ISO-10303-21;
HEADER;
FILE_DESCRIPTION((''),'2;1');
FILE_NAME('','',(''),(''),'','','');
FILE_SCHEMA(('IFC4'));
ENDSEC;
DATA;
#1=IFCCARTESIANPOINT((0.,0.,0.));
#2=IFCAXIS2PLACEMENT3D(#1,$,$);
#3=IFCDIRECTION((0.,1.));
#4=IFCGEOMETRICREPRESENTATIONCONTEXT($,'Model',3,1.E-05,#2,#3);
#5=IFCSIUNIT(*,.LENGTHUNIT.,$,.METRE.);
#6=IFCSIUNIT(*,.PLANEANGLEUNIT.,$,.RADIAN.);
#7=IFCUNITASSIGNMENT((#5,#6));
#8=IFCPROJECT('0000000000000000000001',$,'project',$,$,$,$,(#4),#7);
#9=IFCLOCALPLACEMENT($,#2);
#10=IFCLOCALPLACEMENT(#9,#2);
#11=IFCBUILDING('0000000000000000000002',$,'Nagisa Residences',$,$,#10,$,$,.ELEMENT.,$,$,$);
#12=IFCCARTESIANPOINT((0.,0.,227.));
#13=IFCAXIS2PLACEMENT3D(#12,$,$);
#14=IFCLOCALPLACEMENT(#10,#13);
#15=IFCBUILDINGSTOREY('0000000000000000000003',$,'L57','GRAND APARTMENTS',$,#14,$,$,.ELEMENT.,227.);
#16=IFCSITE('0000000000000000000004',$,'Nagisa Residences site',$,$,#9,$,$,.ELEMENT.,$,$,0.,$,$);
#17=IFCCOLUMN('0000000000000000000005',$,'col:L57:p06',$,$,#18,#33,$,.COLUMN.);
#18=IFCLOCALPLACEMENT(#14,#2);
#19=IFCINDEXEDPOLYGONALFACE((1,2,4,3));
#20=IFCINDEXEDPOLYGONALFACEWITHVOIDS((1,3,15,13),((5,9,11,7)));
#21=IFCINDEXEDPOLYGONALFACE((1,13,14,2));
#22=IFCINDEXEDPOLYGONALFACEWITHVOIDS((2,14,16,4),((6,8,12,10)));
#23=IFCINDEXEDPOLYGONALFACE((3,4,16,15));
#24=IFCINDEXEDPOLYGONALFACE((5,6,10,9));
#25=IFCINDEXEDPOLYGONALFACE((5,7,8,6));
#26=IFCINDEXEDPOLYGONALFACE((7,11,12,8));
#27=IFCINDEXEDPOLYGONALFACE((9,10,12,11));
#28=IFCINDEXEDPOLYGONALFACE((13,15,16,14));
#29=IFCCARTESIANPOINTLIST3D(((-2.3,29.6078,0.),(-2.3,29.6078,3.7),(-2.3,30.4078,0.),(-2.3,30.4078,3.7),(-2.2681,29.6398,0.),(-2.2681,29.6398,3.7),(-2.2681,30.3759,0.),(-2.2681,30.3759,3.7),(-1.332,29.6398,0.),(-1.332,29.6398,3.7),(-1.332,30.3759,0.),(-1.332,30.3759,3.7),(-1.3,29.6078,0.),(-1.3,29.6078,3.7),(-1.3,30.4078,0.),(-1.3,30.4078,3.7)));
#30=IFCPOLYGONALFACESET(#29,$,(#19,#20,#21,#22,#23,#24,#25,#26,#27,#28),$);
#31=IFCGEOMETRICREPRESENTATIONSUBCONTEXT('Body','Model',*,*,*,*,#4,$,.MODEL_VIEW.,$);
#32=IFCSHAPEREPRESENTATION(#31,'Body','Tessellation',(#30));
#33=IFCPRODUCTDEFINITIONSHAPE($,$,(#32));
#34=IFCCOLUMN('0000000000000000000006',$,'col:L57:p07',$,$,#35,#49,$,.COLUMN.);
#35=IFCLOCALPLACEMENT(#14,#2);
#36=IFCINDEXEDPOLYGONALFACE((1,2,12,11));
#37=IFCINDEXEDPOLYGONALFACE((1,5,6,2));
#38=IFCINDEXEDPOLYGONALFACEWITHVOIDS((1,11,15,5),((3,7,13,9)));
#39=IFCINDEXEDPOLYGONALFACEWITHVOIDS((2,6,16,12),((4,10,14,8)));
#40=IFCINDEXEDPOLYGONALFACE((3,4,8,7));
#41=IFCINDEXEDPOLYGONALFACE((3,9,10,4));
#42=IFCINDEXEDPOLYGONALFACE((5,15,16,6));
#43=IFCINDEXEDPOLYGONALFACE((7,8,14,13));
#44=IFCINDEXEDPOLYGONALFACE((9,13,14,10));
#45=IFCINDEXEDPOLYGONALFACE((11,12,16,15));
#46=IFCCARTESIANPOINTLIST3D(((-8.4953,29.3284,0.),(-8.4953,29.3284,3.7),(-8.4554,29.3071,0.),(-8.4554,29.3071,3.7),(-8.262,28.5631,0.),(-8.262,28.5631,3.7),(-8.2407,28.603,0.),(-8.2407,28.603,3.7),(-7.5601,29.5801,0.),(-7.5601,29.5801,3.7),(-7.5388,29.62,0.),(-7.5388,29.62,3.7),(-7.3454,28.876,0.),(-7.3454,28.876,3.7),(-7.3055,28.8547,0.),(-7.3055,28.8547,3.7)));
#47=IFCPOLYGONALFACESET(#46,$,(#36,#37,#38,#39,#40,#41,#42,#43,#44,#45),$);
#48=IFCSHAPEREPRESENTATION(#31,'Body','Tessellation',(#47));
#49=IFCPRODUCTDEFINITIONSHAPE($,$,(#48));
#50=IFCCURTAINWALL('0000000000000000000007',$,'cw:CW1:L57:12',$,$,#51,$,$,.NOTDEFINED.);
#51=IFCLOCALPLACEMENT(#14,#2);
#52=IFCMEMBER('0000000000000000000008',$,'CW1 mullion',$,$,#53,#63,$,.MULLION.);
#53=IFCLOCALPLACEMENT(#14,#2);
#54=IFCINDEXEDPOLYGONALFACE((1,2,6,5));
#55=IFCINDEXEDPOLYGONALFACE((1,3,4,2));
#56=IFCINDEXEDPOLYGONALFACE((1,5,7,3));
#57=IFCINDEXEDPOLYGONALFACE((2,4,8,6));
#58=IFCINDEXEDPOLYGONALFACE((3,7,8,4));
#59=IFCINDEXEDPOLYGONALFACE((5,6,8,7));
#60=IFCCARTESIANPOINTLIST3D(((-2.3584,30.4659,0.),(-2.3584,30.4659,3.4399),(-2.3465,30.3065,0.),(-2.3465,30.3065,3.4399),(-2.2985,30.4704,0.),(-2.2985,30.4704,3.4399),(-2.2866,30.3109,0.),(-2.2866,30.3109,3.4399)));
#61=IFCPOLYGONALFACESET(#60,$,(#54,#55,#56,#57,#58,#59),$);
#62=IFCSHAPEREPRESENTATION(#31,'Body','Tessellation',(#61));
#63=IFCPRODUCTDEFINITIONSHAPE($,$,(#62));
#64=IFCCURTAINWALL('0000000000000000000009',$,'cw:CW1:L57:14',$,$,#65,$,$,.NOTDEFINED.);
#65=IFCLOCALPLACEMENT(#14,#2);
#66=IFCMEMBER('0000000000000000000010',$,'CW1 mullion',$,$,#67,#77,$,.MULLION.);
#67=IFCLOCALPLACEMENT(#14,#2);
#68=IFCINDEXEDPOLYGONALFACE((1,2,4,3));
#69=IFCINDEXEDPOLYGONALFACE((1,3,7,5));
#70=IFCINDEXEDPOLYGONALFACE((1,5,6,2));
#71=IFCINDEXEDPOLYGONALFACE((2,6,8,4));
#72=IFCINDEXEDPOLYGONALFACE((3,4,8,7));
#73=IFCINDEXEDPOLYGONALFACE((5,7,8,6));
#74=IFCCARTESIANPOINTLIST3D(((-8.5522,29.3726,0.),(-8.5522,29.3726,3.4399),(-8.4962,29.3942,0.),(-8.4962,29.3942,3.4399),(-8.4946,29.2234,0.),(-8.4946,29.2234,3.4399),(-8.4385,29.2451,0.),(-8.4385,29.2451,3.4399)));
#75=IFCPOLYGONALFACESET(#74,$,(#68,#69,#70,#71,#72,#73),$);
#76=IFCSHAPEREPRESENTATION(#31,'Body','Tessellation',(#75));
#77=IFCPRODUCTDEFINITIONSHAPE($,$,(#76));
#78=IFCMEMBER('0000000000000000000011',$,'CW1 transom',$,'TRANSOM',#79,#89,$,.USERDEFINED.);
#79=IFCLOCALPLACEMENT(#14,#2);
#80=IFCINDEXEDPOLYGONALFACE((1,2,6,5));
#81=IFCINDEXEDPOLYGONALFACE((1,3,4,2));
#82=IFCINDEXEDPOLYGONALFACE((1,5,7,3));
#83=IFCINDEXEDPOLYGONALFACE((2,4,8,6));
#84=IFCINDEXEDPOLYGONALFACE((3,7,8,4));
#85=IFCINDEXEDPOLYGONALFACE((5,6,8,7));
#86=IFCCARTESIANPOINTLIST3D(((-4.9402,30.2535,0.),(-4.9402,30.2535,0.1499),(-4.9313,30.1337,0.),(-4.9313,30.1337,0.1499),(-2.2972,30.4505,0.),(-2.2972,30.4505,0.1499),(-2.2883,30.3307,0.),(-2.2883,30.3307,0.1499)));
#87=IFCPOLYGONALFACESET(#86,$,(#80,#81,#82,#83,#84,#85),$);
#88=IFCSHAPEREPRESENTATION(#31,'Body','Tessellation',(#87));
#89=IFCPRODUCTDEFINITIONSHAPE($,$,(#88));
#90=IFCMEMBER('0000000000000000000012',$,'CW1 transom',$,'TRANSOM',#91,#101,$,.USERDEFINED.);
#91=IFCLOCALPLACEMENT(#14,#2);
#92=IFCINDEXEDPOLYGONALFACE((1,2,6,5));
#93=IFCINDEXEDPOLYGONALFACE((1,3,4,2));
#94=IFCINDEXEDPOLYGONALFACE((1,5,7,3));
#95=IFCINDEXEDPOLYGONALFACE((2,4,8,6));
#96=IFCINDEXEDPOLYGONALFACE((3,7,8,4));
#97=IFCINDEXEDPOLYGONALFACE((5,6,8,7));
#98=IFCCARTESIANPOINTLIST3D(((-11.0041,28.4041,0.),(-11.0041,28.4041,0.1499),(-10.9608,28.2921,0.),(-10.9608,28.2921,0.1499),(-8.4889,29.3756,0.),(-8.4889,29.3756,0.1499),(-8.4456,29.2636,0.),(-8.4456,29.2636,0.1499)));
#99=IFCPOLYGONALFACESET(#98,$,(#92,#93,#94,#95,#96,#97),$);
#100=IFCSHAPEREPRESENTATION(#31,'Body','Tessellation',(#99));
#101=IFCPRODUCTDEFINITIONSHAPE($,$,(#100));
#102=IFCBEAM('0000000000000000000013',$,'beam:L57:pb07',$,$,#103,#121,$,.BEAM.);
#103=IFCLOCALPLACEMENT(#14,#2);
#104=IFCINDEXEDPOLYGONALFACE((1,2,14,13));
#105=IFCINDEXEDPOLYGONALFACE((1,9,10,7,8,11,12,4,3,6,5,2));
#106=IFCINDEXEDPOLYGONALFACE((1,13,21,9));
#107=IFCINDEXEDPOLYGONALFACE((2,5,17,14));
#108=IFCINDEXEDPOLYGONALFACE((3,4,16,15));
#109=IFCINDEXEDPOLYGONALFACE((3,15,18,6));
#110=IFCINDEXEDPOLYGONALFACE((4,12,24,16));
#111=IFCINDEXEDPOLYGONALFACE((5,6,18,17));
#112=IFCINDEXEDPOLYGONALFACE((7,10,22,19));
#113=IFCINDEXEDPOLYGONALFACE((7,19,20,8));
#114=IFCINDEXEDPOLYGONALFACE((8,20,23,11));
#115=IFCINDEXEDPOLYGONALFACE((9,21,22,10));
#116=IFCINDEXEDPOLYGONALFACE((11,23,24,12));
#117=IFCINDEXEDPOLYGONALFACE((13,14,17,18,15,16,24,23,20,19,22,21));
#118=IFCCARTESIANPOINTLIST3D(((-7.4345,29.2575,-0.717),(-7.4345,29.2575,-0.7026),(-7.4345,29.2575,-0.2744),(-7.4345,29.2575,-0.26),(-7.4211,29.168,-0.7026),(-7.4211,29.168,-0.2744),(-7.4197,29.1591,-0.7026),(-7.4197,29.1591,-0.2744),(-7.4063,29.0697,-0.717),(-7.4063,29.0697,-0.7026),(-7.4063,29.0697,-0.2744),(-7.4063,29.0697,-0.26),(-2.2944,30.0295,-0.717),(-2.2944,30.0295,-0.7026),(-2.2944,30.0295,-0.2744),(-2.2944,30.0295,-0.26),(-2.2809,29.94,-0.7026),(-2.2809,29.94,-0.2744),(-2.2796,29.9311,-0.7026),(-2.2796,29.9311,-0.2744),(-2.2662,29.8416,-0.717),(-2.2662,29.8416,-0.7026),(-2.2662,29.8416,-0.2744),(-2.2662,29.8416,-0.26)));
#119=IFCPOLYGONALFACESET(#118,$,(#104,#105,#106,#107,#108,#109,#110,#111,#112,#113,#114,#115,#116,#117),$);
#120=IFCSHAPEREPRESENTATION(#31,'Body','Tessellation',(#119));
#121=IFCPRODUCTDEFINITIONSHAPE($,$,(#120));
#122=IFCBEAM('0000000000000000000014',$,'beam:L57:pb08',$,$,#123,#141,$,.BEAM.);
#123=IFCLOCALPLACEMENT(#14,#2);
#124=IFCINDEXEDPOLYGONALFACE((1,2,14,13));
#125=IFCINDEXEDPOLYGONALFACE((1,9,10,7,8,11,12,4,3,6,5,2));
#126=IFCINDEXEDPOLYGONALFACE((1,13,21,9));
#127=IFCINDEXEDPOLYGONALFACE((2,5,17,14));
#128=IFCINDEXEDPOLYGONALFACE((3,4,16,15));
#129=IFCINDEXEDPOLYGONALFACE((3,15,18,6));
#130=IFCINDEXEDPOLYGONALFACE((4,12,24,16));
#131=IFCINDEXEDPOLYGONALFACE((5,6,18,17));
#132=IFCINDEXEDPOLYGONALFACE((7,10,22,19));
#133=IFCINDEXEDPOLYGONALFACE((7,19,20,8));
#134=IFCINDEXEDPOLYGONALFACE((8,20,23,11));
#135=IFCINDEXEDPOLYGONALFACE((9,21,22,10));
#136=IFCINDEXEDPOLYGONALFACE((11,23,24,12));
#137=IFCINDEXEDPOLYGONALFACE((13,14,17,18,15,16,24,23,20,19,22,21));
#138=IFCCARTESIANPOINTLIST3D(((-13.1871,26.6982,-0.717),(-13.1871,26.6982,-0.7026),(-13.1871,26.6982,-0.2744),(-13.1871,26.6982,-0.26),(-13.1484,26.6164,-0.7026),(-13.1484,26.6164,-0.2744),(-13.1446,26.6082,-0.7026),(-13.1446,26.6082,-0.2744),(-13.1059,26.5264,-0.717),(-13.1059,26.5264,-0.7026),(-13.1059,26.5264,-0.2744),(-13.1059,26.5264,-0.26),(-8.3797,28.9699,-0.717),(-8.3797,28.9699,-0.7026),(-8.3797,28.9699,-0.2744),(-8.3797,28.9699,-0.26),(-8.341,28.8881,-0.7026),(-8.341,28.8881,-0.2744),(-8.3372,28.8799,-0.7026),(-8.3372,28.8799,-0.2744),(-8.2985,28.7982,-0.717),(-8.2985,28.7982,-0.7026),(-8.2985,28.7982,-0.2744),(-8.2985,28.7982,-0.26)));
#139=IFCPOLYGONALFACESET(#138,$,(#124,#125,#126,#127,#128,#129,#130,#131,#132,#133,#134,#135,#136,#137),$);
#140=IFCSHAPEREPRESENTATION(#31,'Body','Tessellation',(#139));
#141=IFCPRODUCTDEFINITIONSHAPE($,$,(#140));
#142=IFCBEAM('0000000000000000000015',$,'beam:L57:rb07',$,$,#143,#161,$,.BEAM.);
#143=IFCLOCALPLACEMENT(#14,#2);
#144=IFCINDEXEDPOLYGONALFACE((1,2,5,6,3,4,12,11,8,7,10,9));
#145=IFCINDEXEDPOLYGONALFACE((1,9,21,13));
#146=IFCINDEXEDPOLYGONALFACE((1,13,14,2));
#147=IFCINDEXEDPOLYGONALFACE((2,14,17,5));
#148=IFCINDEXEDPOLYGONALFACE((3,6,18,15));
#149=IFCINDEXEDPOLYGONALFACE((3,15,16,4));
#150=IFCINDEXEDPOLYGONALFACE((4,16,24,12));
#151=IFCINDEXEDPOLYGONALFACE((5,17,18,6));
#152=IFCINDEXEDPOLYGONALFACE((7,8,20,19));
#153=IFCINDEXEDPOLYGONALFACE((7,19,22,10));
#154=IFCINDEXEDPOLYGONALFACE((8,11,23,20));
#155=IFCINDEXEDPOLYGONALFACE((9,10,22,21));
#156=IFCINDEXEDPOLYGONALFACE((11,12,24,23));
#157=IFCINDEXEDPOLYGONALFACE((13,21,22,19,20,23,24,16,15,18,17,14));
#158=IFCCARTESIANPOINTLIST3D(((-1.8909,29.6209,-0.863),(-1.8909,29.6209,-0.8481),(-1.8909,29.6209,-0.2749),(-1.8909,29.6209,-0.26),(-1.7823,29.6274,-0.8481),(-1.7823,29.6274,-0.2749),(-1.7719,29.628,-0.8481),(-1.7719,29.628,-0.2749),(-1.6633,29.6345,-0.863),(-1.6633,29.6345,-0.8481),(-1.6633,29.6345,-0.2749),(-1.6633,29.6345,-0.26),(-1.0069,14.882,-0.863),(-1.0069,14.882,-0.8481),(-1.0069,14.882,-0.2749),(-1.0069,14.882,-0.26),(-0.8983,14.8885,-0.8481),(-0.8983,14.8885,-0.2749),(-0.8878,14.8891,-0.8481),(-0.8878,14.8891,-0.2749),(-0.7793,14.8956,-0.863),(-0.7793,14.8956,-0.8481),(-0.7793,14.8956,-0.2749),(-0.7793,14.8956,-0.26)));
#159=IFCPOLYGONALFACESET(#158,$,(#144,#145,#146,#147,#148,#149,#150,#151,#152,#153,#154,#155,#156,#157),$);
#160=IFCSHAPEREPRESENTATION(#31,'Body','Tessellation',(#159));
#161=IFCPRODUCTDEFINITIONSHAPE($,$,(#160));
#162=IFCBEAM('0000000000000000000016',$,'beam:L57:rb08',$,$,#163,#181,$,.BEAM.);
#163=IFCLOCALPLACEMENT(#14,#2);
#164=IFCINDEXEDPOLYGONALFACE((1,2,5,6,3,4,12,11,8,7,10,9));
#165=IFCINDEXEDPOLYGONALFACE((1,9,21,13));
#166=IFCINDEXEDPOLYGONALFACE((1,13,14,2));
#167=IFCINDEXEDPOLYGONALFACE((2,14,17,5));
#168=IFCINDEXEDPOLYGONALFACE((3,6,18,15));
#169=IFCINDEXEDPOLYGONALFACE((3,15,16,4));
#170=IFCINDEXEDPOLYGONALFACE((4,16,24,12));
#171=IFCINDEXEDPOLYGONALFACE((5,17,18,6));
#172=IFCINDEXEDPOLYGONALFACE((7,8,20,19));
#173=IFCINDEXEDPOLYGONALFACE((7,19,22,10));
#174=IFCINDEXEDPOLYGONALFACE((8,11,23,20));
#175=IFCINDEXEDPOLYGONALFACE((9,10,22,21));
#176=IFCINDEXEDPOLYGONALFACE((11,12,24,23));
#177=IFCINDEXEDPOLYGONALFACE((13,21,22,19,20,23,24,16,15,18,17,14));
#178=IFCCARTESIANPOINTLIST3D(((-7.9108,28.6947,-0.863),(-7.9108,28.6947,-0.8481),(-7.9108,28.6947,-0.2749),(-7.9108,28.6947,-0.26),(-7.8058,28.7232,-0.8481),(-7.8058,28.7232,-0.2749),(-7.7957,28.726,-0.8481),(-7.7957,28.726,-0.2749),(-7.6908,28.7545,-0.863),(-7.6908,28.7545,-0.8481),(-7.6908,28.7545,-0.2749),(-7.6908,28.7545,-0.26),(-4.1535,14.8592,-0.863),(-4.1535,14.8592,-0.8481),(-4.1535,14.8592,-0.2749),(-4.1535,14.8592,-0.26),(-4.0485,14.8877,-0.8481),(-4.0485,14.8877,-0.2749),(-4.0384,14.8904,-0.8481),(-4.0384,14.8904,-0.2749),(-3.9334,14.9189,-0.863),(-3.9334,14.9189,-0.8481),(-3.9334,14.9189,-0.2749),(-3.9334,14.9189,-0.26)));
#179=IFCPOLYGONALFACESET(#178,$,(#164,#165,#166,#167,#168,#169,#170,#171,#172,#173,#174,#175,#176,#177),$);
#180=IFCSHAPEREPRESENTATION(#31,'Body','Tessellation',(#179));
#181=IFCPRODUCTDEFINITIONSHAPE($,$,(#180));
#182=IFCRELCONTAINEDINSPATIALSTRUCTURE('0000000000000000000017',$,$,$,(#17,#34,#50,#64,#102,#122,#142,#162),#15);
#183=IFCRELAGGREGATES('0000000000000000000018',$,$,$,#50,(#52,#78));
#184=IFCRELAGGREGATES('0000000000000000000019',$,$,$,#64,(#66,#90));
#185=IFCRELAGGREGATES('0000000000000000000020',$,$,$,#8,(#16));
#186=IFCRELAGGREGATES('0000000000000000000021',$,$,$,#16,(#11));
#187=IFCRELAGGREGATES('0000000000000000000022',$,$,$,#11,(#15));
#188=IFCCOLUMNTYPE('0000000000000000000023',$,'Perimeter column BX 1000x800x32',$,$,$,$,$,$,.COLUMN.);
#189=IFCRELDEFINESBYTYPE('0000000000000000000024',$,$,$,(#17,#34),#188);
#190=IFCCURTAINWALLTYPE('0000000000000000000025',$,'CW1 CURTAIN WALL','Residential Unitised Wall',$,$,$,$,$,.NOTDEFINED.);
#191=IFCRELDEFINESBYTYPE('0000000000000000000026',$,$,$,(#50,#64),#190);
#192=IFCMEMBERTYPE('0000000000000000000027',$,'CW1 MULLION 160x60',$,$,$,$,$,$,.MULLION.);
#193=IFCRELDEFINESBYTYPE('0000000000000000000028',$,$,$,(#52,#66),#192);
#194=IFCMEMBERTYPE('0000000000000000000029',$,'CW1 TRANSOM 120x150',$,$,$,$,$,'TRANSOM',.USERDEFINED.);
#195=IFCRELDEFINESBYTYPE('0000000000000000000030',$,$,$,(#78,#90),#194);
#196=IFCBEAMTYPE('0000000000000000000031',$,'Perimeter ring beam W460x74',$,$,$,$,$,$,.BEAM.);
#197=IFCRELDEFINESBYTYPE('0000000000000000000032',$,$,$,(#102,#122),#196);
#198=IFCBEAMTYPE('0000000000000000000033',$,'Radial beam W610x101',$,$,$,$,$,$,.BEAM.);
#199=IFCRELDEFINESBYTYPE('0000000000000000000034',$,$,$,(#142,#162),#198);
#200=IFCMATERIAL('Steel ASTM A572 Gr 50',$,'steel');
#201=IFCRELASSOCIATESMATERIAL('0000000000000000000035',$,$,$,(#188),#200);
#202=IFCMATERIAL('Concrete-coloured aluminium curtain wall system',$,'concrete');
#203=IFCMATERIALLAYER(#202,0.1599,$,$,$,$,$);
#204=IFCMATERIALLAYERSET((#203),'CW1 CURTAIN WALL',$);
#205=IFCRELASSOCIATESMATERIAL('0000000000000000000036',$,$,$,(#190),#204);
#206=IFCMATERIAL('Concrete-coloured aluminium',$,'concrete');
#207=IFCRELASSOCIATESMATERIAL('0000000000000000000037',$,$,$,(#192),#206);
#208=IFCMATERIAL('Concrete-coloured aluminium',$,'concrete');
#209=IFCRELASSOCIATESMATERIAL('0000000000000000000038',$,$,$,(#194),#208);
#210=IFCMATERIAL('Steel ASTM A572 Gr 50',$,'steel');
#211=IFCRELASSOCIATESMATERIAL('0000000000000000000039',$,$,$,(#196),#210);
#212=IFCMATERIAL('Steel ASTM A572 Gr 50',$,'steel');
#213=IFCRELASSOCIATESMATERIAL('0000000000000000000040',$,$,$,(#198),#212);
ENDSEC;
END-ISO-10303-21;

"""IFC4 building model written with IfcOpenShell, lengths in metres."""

from ifc_helpers import new_model, si_unit, direction, frame, origin, origin_2d, place, context, subcontext, project, spatial, rectangle, hollow_rectangle, i_section, extrude, material, layer, layer_set, material_profile, profile_set, type_object, element, aggregate, save


model = new_model("IFC4")

# Units and contexts
model_context = context("Model", 3, precision=1e-05, world=origin(), true_north=direction((0.0, 1.0)))
body_context = subcontext(model_context, "Body", "Model", "MODEL_VIEW")
ifc_project = project(units=[si_unit("LENGTHUNIT", "METRE"), si_unit("PLANEANGLEUNIT", "RADIAN")], contexts=[model_context])

# Site, building, storey
site_placement = place(None, origin())
site = spatial("IfcSite", under=ifc_project, at=site_placement, Name="Nagisa Residences site", CompositionType="ELEMENT", RefElevation=0.0)
building_placement = place(site_placement, origin())
building = spatial("IfcBuilding", under=site, at=building_placement, Name="Nagisa Residences", CompositionType="ELEMENT")
storey_placement = place(building_placement, frame((0.0, 0.0, 227.0)))
storey = spatial("IfcBuildingStorey", under=building, at=storey_placement, Name="L57", Description="GRAND APARTMENTS", CompositionType="ELEMENT", Elevation=227.0)

# Columns
ifc_material_1 = material(Name="Steel ASTM A572 Gr 50", Category="steel")
ifc_material_profile_1 = material_profile(ifc_material_1, hollow_rectangle(XDim=1.0, YDim=0.8, WallThickness=0.032, at=origin_2d()), Name="BX 1000x800x32")
ifc_profile_set_1 = profile_set([ifc_material_profile_1], Name="Steel ASTM A572 Gr 50")
column_type = type_object("IfcColumnType", Name="Perimeter column BX 1000x800x32", PredefinedType="COLUMN", material=ifc_profile_set_1)
for number, where, z_axis, x_axis, name in (
    (1, (-1.8, 30.0078, 0.0), (0.0, 0.0, 1.0), (-1.0, 0.0, 0.0), "col:L57:p06"),
    (2, (-7.9004, 29.0916, 0.0), (0.0, 0.0, 1.0), (-0.956525, -0.291652, 0.0), "col:L57:p07"),
):
    element("IfcColumn", number, at=place(storey_placement, frame(where, z_axis=z_axis, x_axis=x_axis)), inside=storey, type_object=column_type, Name=name, PredefinedType="COLUMN", context=body_context, shape_type="SweptSolid", body=[
        extrude(hollow_rectangle(XDim=1.0, YDim=0.8, WallThickness=0.032, at=origin_2d()), origin(), (0.0, 0.0, 1.0), 3.7),
    ])

# Curtain walls, members
ifc_material_2 = material(Name="Concrete-coloured aluminium curtain wall system", Category="concrete")
ifc_layer_1 = layer(ifc_material_2, 0.1599)
ifc_layer_set_1 = layer_set([ifc_layer_1], Name="CW1 CURTAIN WALL")
curtain_wall_type = type_object("IfcCurtainWallType", Name="CW1 CURTAIN WALL", Description="Residential Unitised Wall", PredefinedType="NOTDEFINED", material=ifc_layer_set_1)
curtain_wall_1_placement = place(storey_placement, origin())
curtain_wall_1 = element("IfcCurtainWall", 3, at=curtain_wall_1_placement, inside=storey, type_object=curtain_wall_type, Name="cw:CW1:L57:12", PredefinedType="NOTDEFINED")
ifc_material_3 = material(Name="Concrete-coloured aluminium", Category="concrete")
ifc_material_profile_2 = material_profile(ifc_material_3, rectangle(XDim=0.1599, YDim=0.0601, at=origin_2d()), Name="CW1 MULLION 160x60")
ifc_profile_set_2 = profile_set([ifc_material_profile_2], Name="Concrete-coloured aluminium")
member_type_1 = type_object("IfcMemberType", Name="CW1 MULLION 160x60", PredefinedType="MULLION", material=ifc_profile_set_2)
member_1_placement = place(storey_placement, frame((-2.3225, 30.3884, 0.0), z_axis=(0.0, 0.0, 1.0), x_axis=(0.074377, -0.99723, 0.0)))
member_1 = element("IfcMember", 4, at=member_1_placement, type_object=member_type_1, Name="CW1 mullion", PredefinedType="MULLION", context=body_context, shape_type="SweptSolid", body=[
    extrude(rectangle(XDim=0.1599, YDim=0.0601, at=origin_2d()), origin(), (0.0, 0.0, 1.0), 3.4399),
])
curtain_wall_2_placement = place(storey_placement, origin())
curtain_wall_2 = element("IfcCurtainWall", 5, at=curtain_wall_2_placement, inside=storey, type_object=curtain_wall_type, Name="cw:CW1:L57:14", PredefinedType="NOTDEFINED")
member_2_placement = place(storey_placement, frame((-8.4954, 29.3088, 0.0), z_axis=(0.0, 0.0, 1.0), x_axis=(0.360328, -0.932826, 0.0)))
member_2 = element("IfcMember", 6, at=member_2_placement, type_object=member_type_1, Name="CW1 mullion", PredefinedType="MULLION", context=body_context, shape_type="SweptSolid", body=[
    extrude(rectangle(XDim=0.1599, YDim=0.0601, at=origin_2d()), origin(), (0.0, 0.0, 1.0), 3.4399),
])

# Members
ifc_material_4 = material(Name="Concrete-coloured aluminium", Category="concrete")
ifc_material_profile_3 = material_profile(ifc_material_4, rectangle(XDim=0.1201, YDim=0.1499, at=origin_2d()), Name="CW1 TRANSOM 120x150")
ifc_profile_set_3 = profile_set([ifc_material_profile_3], Name="Concrete-coloured aluminium")
member_type_2 = type_object("IfcMemberType", Name="CW1 TRANSOM 120x150", ElementType="TRANSOM", PredefinedType="USERDEFINED", material=ifc_profile_set_3)
member_3_placement = place(storey_placement, frame((-2.2927, 30.3906, 0.075), z_axis=(-0.997233, -0.074337, 0.0), x_axis=(0.074337, -0.997233, 0.0)))
member_3 = element("IfcMember", 7, at=member_3_placement, type_object=member_type_2, Name="CW1 transom", ObjectType="TRANSOM", PredefinedType="USERDEFINED", context=body_context, shape_type="SweptSolid", body=[
    extrude(rectangle(XDim=0.1201, YDim=0.1499, at=origin_2d()), origin(), (0.0, 0.0, 1.0), 2.6504),
])
member_4_placement = place(storey_placement, frame((-8.4673, 29.3196, 0.075), z_axis=(-0.932838, -0.360295, 0.0), x_axis=(0.360295, -0.932838, 0.0)))
member_4 = element("IfcMember", 8, at=member_4_placement, type_object=member_type_2, Name="CW1 transom", ObjectType="TRANSOM", PredefinedType="USERDEFINED", context=body_context, shape_type="SweptSolid", body=[
    extrude(rectangle(XDim=0.1201, YDim=0.1499, at=origin_2d()), origin(), (0.0, 0.0, 1.0), 2.6963),
])

# Beams
ifc_material_5 = material(Name="Steel ASTM A572 Gr 50", Category="steel")
ifc_material_profile_4 = material_profile(ifc_material_5, i_section(OverallWidth=0.1899, OverallDepth=0.457, WebThickness=0.009, FlangeThickness=0.0144, at=origin_2d()), Name="W460x74")
ifc_profile_set_4 = profile_set([ifc_material_profile_4], Name="Steel ASTM A572 Gr 50")
beam_type_1 = type_object("IfcBeamType", Name="Perimeter ring beam W460x74", PredefinedType="BEAM", material=ifc_profile_set_4)
beam_1_placement = place(storey_placement, frame((-2.2803, 29.9355, -0.4885), z_axis=(-0.988909, -0.14852, 0.0), x_axis=(0.14852, -0.988909, 0.0)))
element("IfcBeam", 9, at=beam_1_placement, inside=storey, type_object=beam_type_1, Name="beam:L57:pb07", PredefinedType="BEAM", context=body_context, shape_type="SweptSolid", body=[
    extrude(i_section(OverallWidth=0.1899, OverallDepth=0.457, WebThickness=0.009, FlangeThickness=0.0144, at=origin_2d()), origin(), (0.0, 0.0, 1.0), 5.1978),
])
beam_2_placement = place(storey_placement, frame((-8.3391, 28.884, -0.4885), z_axis=(-0.904134, -0.427249, 0.0), x_axis=(0.427249, -0.904134, 0.0)))
element("IfcBeam", 10, at=beam_2_placement, inside=storey, type_object=beam_type_1, Name="beam:L57:pb08", PredefinedType="BEAM", context=body_context, shape_type="SweptSolid", body=[
    extrude(i_section(OverallWidth=0.1899, OverallDepth=0.457, WebThickness=0.009, FlangeThickness=0.0144, at=origin_2d()), origin(), (0.0, 0.0, 1.0), 5.3171),
])
ifc_material_6 = material(Name="Steel ASTM A572 Gr 50", Category="steel")
ifc_material_profile_5 = material_profile(ifc_material_6, i_section(OverallWidth=0.228, OverallDepth=0.603, WebThickness=0.0105, FlangeThickness=0.0149, at=origin_2d()), Name="W610x101")
ifc_profile_set_5 = profile_set([ifc_material_profile_5], Name="Steel ASTM A572 Gr 50")
beam_type_2 = type_object("IfcBeamType", Name="Radial beam W610x101", PredefinedType="BEAM", material=ifc_profile_set_5)
beam_3_placement = place(storey_placement, frame((-1.7771, 29.6277, -0.5615), z_axis=(0.059872, -0.998206, 0.0), x_axis=(0.998206, 0.059872, 0.0)))
element("IfcBeam", 11, at=beam_3_placement, inside=storey, type_object=beam_type_2, Name="beam:L57:rb07", PredefinedType="BEAM", context=body_context, shape_type="SweptSolid", body=[
    extrude(i_section(OverallWidth=0.228, OverallDepth=0.603, WebThickness=0.0105, FlangeThickness=0.0149, at=origin_2d()), origin(), (0.0, 0.0, 1.0), 14.7654),
])
beam_4_placement = place(storey_placement, frame((-7.8008, 28.7246, -0.5615), z_axis=(0.26208, -0.965046, 0.0), x_axis=(0.965046, 0.26208, 0.0)))
element("IfcBeam", 12, at=beam_4_placement, inside=storey, type_object=beam_type_2, Name="beam:L57:rb08", PredefinedType="BEAM", context=body_context, shape_type="SweptSolid", body=[
    extrude(i_section(OverallWidth=0.228, OverallDepth=0.603, WebThickness=0.0105, FlangeThickness=0.0149, at=origin_2d()), origin(), (0.0, 0.0, 1.0), 14.3367),
])

aggregate(curtain_wall_1, [member_1, member_3])
aggregate(curtain_wall_2, [member_2, member_4])

save(model, "model.ifc")
